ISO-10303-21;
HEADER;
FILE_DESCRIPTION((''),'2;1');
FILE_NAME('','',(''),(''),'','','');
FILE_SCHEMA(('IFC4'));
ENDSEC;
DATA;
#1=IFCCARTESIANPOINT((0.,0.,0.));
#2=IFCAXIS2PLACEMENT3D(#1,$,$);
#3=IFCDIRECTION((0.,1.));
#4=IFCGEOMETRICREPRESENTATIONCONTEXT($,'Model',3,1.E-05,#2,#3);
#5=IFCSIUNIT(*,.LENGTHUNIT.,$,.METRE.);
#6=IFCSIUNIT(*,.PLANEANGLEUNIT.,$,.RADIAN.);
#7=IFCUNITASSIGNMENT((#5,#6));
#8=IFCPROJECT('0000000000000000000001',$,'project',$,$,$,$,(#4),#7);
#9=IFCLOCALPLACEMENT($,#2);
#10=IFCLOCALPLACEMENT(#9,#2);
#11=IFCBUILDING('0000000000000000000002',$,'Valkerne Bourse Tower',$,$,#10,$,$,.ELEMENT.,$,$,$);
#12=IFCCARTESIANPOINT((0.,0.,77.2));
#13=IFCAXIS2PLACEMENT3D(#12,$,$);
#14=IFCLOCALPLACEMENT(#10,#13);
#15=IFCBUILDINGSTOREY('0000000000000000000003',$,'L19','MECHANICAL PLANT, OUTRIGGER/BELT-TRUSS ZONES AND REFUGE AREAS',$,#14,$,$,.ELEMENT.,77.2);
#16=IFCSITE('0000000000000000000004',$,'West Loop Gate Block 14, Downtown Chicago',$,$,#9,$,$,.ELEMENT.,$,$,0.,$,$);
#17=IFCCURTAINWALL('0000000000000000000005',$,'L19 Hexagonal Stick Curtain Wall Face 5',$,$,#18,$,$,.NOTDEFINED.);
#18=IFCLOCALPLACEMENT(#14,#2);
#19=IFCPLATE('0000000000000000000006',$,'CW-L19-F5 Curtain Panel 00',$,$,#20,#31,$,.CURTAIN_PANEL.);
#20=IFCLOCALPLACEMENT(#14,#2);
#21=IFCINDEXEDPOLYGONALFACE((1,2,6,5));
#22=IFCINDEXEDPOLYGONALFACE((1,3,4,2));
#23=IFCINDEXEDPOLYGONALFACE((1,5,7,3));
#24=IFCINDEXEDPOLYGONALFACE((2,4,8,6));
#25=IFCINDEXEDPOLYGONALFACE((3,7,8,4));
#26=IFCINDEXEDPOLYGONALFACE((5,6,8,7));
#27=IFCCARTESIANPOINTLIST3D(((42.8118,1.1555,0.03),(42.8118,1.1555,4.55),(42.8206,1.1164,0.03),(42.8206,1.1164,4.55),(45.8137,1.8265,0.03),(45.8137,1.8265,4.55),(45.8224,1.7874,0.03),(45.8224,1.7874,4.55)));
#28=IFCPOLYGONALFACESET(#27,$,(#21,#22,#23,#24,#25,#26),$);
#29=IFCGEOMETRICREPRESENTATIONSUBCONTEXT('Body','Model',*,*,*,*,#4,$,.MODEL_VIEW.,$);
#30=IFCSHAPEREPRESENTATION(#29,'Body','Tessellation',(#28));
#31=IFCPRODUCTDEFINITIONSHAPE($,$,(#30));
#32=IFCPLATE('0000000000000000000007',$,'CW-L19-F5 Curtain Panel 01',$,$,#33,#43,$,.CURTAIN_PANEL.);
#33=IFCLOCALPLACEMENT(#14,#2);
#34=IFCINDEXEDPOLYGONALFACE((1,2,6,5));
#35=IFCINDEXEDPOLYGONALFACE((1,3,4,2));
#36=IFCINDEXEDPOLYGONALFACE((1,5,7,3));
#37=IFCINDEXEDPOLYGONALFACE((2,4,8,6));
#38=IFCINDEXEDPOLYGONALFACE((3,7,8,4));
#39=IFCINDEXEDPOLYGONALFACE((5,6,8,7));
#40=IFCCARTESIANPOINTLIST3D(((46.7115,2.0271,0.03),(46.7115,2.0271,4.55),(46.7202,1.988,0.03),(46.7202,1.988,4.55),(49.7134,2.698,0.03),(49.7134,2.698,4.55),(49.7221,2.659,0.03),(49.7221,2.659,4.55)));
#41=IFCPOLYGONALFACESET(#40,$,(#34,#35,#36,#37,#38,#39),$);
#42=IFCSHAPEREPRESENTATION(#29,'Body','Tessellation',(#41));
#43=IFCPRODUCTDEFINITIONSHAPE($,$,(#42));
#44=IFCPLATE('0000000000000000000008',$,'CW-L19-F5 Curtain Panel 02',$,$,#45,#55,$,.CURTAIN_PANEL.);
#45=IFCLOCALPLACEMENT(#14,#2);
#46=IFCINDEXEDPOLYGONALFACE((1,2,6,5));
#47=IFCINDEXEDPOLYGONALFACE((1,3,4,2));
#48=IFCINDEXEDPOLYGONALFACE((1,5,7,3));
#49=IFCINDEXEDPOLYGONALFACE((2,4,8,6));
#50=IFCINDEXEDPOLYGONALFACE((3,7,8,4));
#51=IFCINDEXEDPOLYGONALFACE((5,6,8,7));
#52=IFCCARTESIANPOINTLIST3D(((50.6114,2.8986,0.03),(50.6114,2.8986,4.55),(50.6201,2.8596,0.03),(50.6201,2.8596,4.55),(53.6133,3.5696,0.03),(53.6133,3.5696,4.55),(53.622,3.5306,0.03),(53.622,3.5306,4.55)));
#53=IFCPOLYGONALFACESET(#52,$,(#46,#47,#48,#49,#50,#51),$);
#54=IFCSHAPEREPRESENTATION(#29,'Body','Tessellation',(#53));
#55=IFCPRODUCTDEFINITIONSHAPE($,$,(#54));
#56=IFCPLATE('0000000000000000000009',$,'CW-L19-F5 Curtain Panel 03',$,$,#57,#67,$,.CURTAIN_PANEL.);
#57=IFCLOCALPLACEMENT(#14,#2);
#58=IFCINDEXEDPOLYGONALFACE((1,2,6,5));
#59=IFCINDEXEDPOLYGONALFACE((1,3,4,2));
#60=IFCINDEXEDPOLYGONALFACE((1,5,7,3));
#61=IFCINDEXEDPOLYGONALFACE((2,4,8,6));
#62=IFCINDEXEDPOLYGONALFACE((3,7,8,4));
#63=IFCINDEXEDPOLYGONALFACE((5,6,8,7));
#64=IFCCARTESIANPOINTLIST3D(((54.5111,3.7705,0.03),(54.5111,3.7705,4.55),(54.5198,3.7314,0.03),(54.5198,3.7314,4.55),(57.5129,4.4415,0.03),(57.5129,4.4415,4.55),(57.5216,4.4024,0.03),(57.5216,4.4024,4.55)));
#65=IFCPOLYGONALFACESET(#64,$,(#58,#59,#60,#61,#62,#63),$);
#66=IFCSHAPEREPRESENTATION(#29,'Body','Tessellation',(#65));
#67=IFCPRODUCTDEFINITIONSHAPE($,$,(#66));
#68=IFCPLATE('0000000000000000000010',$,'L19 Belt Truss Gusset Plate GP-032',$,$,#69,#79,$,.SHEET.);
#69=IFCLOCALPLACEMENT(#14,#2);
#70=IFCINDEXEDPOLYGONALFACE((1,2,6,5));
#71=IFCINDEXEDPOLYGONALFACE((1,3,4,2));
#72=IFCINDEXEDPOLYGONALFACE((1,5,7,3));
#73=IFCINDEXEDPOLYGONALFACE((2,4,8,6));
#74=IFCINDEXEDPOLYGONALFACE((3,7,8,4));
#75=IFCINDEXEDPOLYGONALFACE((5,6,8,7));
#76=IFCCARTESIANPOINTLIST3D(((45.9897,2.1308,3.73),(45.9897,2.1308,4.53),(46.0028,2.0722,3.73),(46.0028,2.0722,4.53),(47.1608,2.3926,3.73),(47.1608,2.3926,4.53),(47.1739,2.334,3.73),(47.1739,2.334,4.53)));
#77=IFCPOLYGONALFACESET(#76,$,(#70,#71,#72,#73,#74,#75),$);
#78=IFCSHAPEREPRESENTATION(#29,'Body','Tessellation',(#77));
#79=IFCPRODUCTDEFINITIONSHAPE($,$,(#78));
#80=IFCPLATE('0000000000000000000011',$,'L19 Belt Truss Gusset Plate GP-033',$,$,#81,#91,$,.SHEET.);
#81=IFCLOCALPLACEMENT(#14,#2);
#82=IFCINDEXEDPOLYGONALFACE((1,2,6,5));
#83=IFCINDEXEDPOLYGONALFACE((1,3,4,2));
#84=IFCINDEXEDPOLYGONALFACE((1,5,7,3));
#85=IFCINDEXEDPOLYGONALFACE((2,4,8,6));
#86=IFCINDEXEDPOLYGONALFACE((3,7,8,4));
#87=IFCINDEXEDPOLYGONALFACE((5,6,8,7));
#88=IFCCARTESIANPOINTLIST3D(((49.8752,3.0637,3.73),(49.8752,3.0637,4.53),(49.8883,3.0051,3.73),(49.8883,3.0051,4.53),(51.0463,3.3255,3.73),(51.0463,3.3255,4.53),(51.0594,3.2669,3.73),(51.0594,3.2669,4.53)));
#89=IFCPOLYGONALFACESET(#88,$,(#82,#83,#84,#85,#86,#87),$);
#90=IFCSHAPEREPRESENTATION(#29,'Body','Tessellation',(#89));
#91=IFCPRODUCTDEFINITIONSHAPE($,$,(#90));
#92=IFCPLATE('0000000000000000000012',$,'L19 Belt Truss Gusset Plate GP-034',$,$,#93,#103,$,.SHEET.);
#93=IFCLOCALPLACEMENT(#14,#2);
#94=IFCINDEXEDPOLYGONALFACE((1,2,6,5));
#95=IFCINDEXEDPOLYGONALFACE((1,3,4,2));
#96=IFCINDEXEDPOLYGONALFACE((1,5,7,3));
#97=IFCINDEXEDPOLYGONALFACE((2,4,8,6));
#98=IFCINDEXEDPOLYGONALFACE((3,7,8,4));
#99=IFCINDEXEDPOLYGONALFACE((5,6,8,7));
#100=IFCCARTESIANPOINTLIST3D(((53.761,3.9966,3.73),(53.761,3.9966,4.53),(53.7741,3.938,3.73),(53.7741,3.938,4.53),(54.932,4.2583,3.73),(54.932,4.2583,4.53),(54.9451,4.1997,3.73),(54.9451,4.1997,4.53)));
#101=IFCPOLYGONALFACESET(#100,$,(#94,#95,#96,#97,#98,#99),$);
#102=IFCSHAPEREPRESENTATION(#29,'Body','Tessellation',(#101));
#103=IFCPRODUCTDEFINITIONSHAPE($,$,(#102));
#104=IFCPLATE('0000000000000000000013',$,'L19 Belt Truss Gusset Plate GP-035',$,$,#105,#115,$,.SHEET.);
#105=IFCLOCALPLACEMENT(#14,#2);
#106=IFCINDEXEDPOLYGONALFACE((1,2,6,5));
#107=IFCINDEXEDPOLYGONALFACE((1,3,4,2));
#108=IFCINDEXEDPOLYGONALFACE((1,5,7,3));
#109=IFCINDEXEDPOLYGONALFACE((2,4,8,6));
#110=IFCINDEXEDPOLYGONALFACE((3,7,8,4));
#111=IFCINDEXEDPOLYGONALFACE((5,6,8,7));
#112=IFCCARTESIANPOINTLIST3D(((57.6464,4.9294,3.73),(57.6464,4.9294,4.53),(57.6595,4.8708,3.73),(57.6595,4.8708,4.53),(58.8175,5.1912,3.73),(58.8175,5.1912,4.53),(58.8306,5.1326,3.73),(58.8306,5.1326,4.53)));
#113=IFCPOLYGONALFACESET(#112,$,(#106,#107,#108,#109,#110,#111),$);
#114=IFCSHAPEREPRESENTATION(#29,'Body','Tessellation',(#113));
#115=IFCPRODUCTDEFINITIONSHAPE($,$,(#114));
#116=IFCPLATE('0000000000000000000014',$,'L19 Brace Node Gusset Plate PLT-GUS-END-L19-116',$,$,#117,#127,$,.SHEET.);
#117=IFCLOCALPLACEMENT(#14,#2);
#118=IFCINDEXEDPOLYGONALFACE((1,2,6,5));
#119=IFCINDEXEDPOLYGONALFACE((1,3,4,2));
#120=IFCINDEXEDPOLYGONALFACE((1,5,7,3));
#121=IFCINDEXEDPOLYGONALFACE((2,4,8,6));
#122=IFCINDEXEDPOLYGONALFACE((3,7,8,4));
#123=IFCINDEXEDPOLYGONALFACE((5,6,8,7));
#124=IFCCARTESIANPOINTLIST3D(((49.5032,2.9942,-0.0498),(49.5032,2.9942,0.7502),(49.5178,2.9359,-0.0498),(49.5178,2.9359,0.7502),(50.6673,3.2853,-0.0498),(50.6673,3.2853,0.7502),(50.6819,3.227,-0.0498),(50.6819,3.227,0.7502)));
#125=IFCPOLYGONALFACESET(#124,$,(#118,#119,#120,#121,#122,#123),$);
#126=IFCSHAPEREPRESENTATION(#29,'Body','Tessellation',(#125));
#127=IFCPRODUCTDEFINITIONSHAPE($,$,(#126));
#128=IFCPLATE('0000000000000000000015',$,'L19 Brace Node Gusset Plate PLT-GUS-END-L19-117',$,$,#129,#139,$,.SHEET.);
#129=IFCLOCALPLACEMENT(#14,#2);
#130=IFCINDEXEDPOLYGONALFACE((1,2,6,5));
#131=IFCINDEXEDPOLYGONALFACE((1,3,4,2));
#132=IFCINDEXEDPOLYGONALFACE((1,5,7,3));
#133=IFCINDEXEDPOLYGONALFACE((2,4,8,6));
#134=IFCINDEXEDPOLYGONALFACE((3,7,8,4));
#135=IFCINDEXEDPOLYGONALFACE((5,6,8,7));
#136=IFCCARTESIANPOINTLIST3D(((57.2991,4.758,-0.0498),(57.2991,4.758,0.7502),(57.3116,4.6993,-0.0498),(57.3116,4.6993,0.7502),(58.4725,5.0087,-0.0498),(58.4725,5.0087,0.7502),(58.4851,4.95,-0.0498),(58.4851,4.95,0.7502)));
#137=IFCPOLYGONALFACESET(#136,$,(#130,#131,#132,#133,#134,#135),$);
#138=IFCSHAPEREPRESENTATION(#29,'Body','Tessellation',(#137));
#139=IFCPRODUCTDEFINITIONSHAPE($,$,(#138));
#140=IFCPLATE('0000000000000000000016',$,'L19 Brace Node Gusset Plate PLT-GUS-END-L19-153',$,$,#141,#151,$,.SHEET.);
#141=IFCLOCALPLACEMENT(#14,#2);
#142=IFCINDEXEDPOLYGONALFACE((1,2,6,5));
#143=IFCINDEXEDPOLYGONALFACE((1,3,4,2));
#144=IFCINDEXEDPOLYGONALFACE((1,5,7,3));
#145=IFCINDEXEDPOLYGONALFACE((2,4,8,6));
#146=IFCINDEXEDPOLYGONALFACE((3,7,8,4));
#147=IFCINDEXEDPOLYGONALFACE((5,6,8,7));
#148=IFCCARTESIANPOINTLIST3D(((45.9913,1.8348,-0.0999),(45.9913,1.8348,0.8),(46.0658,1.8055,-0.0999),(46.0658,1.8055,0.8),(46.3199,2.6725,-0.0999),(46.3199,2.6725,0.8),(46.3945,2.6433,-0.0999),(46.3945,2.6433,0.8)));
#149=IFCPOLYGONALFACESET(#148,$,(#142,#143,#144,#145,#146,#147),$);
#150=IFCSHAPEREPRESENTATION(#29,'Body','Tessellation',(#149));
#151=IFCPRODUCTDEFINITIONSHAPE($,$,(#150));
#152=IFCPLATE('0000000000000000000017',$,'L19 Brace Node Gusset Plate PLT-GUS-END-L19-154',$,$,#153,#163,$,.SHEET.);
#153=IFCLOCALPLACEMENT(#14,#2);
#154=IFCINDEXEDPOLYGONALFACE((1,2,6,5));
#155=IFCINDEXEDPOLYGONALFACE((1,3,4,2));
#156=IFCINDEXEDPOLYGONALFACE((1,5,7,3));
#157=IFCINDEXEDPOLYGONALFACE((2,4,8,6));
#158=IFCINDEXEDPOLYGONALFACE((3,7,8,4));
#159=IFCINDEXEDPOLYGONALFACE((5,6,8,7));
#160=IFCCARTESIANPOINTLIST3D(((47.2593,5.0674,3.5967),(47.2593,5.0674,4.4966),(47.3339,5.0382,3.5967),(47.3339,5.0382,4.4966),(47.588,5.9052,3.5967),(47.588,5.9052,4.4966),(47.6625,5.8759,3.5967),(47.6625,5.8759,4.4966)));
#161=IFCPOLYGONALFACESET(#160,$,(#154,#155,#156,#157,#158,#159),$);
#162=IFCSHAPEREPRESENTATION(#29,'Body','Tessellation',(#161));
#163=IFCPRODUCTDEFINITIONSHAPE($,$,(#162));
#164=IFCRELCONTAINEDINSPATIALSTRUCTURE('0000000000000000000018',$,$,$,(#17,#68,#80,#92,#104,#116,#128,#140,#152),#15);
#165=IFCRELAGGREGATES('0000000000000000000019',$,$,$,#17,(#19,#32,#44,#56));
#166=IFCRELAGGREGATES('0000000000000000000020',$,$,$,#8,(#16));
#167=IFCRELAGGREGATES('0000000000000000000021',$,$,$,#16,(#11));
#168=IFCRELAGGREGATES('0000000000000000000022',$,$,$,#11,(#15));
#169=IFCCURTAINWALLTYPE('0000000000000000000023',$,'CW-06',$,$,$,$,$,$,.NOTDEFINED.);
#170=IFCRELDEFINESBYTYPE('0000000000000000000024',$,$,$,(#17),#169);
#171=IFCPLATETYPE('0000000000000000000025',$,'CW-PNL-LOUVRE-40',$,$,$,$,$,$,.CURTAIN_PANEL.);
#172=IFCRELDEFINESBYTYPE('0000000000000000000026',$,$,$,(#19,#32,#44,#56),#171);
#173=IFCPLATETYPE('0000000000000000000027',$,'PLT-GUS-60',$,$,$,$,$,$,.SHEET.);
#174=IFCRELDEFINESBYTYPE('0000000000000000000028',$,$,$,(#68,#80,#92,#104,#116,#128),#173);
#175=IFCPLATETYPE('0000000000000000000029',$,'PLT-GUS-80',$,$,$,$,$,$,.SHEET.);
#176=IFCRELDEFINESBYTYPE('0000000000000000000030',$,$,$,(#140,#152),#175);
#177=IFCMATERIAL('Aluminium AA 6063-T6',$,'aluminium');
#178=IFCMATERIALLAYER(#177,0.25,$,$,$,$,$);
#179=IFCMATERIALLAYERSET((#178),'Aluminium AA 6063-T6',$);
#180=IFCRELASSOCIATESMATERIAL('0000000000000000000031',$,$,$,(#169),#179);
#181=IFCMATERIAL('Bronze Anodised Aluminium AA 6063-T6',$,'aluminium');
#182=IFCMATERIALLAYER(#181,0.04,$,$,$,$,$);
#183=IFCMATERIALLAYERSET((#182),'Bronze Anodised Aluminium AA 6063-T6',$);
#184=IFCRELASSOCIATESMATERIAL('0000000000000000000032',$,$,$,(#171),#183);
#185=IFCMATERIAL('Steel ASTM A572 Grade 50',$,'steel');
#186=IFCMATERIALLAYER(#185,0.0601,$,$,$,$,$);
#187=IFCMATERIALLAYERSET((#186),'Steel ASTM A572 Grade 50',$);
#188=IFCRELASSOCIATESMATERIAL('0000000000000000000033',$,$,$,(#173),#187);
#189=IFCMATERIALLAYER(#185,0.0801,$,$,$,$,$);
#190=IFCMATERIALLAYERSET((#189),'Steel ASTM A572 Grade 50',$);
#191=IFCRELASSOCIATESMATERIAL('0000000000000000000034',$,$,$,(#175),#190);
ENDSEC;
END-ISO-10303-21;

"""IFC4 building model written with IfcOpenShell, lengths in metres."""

from ifc_helpers import new_model, si_unit, direction, frame, origin, origin_2d, place, context, subcontext, project, spatial, rectangle, extrude, material, layer, layer_set, type_object, element, aggregate, save


model = new_model("IFC4")

# Units and contexts
model_context = context("Model", 3, precision=1e-05, world=origin(), true_north=direction((0.0, 1.0)))
body_context = subcontext(model_context, "Body", "Model", "MODEL_VIEW")
ifc_project = project(units=[si_unit("LENGTHUNIT", "METRE"), si_unit("PLANEANGLEUNIT", "RADIAN")], contexts=[model_context])

# Site, building, storey
site_placement = place(None, origin())
site = spatial("IfcSite", under=ifc_project, at=site_placement, Name="West Loop Gate Block 14, Downtown Chicago", CompositionType="ELEMENT", RefElevation=0.0)
building_placement = place(site_placement, origin())
building = spatial("IfcBuilding", under=site, at=building_placement, Name="Valkerne Bourse Tower", CompositionType="ELEMENT")
storey_placement = place(building_placement, frame((0.0, 0.0, 77.2)))
storey = spatial("IfcBuildingStorey", under=building, at=storey_placement, Name="L19", Description="MECHANICAL PLANT, OUTRIGGER/BELT-TRUSS ZONES AND REFUGE AREAS", CompositionType="ELEMENT", Elevation=77.2)

# Curtain wall
ifc_material_1 = material(Name="Aluminium AA 6063-T6", Category="aluminium")
ifc_layer_1 = layer(ifc_material_1, 0.25)
ifc_layer_set_1 = layer_set([ifc_layer_1], Name="Aluminium AA 6063-T6")
curtain_wall_type = type_object("IfcCurtainWallType", Name="CW-06", PredefinedType="NOTDEFINED", material=ifc_layer_set_1)
curtain_wall_placement = place(storey_placement, origin())
curtain_wall = element("IfcCurtainWall", 1, at=curtain_wall_placement, inside=storey, type_object=curtain_wall_type, Name="L19 Hexagonal Stick Curtain Wall Face 5", PredefinedType="NOTDEFINED")

# Plates
ifc_material_2 = material(Name="Bronze Anodised Aluminium AA 6063-T6", Category="aluminium")
ifc_layer_2 = layer(ifc_material_2, 0.04)
ifc_layer_set_2 = layer_set([ifc_layer_2], Name="Bronze Anodised Aluminium AA 6063-T6")
plate_type_1 = type_object("IfcPlateType", Name="CW-PNL-LOUVRE-40", PredefinedType="CURTAIN_PANEL", material=ifc_layer_set_2)
plate_1_placement = place(storey_placement, frame((44.3171, 1.4714, 0.03), z_axis=(0.0, 0.0, 1.0), x_axis=(0.975916, 0.218147, 0.0)))
plate_1 = element("IfcPlate", 2, at=plate_1_placement, type_object=plate_type_1, Name="CW-L19-F5 Curtain Panel 00", PredefinedType="CURTAIN_PANEL", context=body_context, shape_type="SweptSolid", body=[
    extrude(rectangle(XDim=3.0759, YDim=0.04, at=origin_2d()), origin(), (0.0, 0.0, 1.0), 4.52),
])
plate_2_placement = place(storey_placement, frame((48.2168, 2.343, 0.03), z_axis=(0.0, 0.0, 1.0), x_axis=(0.975917, 0.218141, 0.0)))
plate_2 = element("IfcPlate", 3, at=plate_2_placement, type_object=plate_type_1, Name="CW-L19-F5 Curtain Panel 01", PredefinedType="CURTAIN_PANEL", context=body_context, shape_type="SweptSolid", body=[
    extrude(rectangle(XDim=3.0759, YDim=0.04, at=origin_2d()), origin(), (0.0, 0.0, 1.0), 4.52),
])
plate_3_placement = place(storey_placement, frame((52.1167, 3.2146, 0.03), z_axis=(0.0, 0.0, 1.0), x_axis=(0.975916, 0.218147, 0.0)))
plate_3 = element("IfcPlate", 4, at=plate_3_placement, type_object=plate_type_1, Name="CW-L19-F5 Curtain Panel 02", PredefinedType="CURTAIN_PANEL", context=body_context, shape_type="SweptSolid", body=[
    extrude(rectangle(XDim=3.0759, YDim=0.04, at=origin_2d()), origin(), (0.0, 0.0, 1.0), 4.52),
])
plate_4_placement = place(storey_placement, frame((56.0164, 4.0864, 0.03), z_axis=(0.0, 0.0, 1.0), x_axis=(0.975917, 0.218141, 0.0)))
plate_4 = element("IfcPlate", 5, at=plate_4_placement, type_object=plate_type_1, Name="CW-L19-F5 Curtain Panel 03", PredefinedType="CURTAIN_PANEL", context=body_context, shape_type="SweptSolid", body=[
    extrude(rectangle(XDim=3.0759, YDim=0.04, at=origin_2d()), origin(), (0.0, 0.0, 1.0), 4.52),
])
aggregate(curtain_wall, [plate_1, plate_2, plate_3, plate_4])

# Plates
ifc_material_3 = material(Name="Steel ASTM A572 Grade 50", Category="steel")
ifc_layer_3 = layer(ifc_material_3, 0.0601)
ifc_layer_set_3 = layer_set([ifc_layer_3], Name="Steel ASTM A572 Grade 50")
plate_type_2 = type_object("IfcPlateType", Name="PLT-GUS-60", PredefinedType="SHEET", material=ifc_layer_set_3)
for number, where, z_axis, x_axis, name in (
    (6, (46.5818, 2.2324, 3.73), (0.0, 0.0, 1.0), (0.975917, 0.218143, 0.0), "L19 Belt Truss Gusset Plate GP-032"),
    (7, (50.4673, 3.1653, 3.73), (0.0, 0.0, 1.0), (0.975917, 0.218143, 0.0), "L19 Belt Truss Gusset Plate GP-033"),
    (8, (54.353, 4.0981, 3.73), (0.0, 0.0, 1.0), (0.975917, 0.218143, 0.0), "L19 Belt Truss Gusset Plate GP-034"),
    (9, (58.2385, 5.031, 3.73), (0.0, 0.0, 1.0), (0.975917, 0.218143, 0.0), "L19 Belt Truss Gusset Plate GP-035"),
    (10, (50.0925, 3.1106, -0.0498), (0.0, 0.0, 1.0), (-0.970127, -0.242599, 0.0), "L19 Brace Node Gusset Plate PLT-GUS-END-L19-116"),
    (11, (57.8921, 4.854, -0.0498), (0.0, 0.0, 1.0), (-0.977929, -0.208936, 0.0), "L19 Brace Node Gusset Plate PLT-GUS-END-L19-117"),
):
    element("IfcPlate", number, at=place(storey_placement, frame(where, z_axis=z_axis, x_axis=x_axis)), inside=storey, type_object=plate_type_2, Name=name, PredefinedType="SHEET", context=body_context, shape_type="SweptSolid", body=[
        extrude(rectangle(XDim=1.2, YDim=0.0601, at=origin_2d()), origin(), (0.0, 0.0, 1.0), 0.8),
    ])
ifc_layer_4 = layer(ifc_material_3, 0.0801)
ifc_layer_set_4 = layer_set([ifc_layer_4], Name="Steel ASTM A572 Grade 50")
plate_type_3 = type_object("IfcPlateType", Name="PLT-GUS-80", PredefinedType="SHEET", material=ifc_layer_set_4)
for number, where, z_axis, x_axis, name in (
    (12, (46.1929, 2.239, -0.0999), (0.0, 0.0, 1.0), (0.365202, 0.930928, 0.0), "L19 Brace Node Gusset Plate PLT-GUS-END-L19-153"),
    (13, (47.4609, 5.4717, 3.5967), (0.0, 0.0, 1.0), (0.365202, 0.930928, 0.0), "L19 Brace Node Gusset Plate PLT-GUS-END-L19-154"),
):
    element("IfcPlate", number, at=place(storey_placement, frame(where, z_axis=z_axis, x_axis=x_axis)), inside=storey, type_object=plate_type_3, Name=name, PredefinedType="SHEET", context=body_context, shape_type="SweptSolid", body=[
        extrude(rectangle(XDim=0.8999, YDim=0.0801, at=origin_2d()), origin(), (0.0, 0.0, 1.0), 0.8999),
    ])

save(model, "model.ifc")
